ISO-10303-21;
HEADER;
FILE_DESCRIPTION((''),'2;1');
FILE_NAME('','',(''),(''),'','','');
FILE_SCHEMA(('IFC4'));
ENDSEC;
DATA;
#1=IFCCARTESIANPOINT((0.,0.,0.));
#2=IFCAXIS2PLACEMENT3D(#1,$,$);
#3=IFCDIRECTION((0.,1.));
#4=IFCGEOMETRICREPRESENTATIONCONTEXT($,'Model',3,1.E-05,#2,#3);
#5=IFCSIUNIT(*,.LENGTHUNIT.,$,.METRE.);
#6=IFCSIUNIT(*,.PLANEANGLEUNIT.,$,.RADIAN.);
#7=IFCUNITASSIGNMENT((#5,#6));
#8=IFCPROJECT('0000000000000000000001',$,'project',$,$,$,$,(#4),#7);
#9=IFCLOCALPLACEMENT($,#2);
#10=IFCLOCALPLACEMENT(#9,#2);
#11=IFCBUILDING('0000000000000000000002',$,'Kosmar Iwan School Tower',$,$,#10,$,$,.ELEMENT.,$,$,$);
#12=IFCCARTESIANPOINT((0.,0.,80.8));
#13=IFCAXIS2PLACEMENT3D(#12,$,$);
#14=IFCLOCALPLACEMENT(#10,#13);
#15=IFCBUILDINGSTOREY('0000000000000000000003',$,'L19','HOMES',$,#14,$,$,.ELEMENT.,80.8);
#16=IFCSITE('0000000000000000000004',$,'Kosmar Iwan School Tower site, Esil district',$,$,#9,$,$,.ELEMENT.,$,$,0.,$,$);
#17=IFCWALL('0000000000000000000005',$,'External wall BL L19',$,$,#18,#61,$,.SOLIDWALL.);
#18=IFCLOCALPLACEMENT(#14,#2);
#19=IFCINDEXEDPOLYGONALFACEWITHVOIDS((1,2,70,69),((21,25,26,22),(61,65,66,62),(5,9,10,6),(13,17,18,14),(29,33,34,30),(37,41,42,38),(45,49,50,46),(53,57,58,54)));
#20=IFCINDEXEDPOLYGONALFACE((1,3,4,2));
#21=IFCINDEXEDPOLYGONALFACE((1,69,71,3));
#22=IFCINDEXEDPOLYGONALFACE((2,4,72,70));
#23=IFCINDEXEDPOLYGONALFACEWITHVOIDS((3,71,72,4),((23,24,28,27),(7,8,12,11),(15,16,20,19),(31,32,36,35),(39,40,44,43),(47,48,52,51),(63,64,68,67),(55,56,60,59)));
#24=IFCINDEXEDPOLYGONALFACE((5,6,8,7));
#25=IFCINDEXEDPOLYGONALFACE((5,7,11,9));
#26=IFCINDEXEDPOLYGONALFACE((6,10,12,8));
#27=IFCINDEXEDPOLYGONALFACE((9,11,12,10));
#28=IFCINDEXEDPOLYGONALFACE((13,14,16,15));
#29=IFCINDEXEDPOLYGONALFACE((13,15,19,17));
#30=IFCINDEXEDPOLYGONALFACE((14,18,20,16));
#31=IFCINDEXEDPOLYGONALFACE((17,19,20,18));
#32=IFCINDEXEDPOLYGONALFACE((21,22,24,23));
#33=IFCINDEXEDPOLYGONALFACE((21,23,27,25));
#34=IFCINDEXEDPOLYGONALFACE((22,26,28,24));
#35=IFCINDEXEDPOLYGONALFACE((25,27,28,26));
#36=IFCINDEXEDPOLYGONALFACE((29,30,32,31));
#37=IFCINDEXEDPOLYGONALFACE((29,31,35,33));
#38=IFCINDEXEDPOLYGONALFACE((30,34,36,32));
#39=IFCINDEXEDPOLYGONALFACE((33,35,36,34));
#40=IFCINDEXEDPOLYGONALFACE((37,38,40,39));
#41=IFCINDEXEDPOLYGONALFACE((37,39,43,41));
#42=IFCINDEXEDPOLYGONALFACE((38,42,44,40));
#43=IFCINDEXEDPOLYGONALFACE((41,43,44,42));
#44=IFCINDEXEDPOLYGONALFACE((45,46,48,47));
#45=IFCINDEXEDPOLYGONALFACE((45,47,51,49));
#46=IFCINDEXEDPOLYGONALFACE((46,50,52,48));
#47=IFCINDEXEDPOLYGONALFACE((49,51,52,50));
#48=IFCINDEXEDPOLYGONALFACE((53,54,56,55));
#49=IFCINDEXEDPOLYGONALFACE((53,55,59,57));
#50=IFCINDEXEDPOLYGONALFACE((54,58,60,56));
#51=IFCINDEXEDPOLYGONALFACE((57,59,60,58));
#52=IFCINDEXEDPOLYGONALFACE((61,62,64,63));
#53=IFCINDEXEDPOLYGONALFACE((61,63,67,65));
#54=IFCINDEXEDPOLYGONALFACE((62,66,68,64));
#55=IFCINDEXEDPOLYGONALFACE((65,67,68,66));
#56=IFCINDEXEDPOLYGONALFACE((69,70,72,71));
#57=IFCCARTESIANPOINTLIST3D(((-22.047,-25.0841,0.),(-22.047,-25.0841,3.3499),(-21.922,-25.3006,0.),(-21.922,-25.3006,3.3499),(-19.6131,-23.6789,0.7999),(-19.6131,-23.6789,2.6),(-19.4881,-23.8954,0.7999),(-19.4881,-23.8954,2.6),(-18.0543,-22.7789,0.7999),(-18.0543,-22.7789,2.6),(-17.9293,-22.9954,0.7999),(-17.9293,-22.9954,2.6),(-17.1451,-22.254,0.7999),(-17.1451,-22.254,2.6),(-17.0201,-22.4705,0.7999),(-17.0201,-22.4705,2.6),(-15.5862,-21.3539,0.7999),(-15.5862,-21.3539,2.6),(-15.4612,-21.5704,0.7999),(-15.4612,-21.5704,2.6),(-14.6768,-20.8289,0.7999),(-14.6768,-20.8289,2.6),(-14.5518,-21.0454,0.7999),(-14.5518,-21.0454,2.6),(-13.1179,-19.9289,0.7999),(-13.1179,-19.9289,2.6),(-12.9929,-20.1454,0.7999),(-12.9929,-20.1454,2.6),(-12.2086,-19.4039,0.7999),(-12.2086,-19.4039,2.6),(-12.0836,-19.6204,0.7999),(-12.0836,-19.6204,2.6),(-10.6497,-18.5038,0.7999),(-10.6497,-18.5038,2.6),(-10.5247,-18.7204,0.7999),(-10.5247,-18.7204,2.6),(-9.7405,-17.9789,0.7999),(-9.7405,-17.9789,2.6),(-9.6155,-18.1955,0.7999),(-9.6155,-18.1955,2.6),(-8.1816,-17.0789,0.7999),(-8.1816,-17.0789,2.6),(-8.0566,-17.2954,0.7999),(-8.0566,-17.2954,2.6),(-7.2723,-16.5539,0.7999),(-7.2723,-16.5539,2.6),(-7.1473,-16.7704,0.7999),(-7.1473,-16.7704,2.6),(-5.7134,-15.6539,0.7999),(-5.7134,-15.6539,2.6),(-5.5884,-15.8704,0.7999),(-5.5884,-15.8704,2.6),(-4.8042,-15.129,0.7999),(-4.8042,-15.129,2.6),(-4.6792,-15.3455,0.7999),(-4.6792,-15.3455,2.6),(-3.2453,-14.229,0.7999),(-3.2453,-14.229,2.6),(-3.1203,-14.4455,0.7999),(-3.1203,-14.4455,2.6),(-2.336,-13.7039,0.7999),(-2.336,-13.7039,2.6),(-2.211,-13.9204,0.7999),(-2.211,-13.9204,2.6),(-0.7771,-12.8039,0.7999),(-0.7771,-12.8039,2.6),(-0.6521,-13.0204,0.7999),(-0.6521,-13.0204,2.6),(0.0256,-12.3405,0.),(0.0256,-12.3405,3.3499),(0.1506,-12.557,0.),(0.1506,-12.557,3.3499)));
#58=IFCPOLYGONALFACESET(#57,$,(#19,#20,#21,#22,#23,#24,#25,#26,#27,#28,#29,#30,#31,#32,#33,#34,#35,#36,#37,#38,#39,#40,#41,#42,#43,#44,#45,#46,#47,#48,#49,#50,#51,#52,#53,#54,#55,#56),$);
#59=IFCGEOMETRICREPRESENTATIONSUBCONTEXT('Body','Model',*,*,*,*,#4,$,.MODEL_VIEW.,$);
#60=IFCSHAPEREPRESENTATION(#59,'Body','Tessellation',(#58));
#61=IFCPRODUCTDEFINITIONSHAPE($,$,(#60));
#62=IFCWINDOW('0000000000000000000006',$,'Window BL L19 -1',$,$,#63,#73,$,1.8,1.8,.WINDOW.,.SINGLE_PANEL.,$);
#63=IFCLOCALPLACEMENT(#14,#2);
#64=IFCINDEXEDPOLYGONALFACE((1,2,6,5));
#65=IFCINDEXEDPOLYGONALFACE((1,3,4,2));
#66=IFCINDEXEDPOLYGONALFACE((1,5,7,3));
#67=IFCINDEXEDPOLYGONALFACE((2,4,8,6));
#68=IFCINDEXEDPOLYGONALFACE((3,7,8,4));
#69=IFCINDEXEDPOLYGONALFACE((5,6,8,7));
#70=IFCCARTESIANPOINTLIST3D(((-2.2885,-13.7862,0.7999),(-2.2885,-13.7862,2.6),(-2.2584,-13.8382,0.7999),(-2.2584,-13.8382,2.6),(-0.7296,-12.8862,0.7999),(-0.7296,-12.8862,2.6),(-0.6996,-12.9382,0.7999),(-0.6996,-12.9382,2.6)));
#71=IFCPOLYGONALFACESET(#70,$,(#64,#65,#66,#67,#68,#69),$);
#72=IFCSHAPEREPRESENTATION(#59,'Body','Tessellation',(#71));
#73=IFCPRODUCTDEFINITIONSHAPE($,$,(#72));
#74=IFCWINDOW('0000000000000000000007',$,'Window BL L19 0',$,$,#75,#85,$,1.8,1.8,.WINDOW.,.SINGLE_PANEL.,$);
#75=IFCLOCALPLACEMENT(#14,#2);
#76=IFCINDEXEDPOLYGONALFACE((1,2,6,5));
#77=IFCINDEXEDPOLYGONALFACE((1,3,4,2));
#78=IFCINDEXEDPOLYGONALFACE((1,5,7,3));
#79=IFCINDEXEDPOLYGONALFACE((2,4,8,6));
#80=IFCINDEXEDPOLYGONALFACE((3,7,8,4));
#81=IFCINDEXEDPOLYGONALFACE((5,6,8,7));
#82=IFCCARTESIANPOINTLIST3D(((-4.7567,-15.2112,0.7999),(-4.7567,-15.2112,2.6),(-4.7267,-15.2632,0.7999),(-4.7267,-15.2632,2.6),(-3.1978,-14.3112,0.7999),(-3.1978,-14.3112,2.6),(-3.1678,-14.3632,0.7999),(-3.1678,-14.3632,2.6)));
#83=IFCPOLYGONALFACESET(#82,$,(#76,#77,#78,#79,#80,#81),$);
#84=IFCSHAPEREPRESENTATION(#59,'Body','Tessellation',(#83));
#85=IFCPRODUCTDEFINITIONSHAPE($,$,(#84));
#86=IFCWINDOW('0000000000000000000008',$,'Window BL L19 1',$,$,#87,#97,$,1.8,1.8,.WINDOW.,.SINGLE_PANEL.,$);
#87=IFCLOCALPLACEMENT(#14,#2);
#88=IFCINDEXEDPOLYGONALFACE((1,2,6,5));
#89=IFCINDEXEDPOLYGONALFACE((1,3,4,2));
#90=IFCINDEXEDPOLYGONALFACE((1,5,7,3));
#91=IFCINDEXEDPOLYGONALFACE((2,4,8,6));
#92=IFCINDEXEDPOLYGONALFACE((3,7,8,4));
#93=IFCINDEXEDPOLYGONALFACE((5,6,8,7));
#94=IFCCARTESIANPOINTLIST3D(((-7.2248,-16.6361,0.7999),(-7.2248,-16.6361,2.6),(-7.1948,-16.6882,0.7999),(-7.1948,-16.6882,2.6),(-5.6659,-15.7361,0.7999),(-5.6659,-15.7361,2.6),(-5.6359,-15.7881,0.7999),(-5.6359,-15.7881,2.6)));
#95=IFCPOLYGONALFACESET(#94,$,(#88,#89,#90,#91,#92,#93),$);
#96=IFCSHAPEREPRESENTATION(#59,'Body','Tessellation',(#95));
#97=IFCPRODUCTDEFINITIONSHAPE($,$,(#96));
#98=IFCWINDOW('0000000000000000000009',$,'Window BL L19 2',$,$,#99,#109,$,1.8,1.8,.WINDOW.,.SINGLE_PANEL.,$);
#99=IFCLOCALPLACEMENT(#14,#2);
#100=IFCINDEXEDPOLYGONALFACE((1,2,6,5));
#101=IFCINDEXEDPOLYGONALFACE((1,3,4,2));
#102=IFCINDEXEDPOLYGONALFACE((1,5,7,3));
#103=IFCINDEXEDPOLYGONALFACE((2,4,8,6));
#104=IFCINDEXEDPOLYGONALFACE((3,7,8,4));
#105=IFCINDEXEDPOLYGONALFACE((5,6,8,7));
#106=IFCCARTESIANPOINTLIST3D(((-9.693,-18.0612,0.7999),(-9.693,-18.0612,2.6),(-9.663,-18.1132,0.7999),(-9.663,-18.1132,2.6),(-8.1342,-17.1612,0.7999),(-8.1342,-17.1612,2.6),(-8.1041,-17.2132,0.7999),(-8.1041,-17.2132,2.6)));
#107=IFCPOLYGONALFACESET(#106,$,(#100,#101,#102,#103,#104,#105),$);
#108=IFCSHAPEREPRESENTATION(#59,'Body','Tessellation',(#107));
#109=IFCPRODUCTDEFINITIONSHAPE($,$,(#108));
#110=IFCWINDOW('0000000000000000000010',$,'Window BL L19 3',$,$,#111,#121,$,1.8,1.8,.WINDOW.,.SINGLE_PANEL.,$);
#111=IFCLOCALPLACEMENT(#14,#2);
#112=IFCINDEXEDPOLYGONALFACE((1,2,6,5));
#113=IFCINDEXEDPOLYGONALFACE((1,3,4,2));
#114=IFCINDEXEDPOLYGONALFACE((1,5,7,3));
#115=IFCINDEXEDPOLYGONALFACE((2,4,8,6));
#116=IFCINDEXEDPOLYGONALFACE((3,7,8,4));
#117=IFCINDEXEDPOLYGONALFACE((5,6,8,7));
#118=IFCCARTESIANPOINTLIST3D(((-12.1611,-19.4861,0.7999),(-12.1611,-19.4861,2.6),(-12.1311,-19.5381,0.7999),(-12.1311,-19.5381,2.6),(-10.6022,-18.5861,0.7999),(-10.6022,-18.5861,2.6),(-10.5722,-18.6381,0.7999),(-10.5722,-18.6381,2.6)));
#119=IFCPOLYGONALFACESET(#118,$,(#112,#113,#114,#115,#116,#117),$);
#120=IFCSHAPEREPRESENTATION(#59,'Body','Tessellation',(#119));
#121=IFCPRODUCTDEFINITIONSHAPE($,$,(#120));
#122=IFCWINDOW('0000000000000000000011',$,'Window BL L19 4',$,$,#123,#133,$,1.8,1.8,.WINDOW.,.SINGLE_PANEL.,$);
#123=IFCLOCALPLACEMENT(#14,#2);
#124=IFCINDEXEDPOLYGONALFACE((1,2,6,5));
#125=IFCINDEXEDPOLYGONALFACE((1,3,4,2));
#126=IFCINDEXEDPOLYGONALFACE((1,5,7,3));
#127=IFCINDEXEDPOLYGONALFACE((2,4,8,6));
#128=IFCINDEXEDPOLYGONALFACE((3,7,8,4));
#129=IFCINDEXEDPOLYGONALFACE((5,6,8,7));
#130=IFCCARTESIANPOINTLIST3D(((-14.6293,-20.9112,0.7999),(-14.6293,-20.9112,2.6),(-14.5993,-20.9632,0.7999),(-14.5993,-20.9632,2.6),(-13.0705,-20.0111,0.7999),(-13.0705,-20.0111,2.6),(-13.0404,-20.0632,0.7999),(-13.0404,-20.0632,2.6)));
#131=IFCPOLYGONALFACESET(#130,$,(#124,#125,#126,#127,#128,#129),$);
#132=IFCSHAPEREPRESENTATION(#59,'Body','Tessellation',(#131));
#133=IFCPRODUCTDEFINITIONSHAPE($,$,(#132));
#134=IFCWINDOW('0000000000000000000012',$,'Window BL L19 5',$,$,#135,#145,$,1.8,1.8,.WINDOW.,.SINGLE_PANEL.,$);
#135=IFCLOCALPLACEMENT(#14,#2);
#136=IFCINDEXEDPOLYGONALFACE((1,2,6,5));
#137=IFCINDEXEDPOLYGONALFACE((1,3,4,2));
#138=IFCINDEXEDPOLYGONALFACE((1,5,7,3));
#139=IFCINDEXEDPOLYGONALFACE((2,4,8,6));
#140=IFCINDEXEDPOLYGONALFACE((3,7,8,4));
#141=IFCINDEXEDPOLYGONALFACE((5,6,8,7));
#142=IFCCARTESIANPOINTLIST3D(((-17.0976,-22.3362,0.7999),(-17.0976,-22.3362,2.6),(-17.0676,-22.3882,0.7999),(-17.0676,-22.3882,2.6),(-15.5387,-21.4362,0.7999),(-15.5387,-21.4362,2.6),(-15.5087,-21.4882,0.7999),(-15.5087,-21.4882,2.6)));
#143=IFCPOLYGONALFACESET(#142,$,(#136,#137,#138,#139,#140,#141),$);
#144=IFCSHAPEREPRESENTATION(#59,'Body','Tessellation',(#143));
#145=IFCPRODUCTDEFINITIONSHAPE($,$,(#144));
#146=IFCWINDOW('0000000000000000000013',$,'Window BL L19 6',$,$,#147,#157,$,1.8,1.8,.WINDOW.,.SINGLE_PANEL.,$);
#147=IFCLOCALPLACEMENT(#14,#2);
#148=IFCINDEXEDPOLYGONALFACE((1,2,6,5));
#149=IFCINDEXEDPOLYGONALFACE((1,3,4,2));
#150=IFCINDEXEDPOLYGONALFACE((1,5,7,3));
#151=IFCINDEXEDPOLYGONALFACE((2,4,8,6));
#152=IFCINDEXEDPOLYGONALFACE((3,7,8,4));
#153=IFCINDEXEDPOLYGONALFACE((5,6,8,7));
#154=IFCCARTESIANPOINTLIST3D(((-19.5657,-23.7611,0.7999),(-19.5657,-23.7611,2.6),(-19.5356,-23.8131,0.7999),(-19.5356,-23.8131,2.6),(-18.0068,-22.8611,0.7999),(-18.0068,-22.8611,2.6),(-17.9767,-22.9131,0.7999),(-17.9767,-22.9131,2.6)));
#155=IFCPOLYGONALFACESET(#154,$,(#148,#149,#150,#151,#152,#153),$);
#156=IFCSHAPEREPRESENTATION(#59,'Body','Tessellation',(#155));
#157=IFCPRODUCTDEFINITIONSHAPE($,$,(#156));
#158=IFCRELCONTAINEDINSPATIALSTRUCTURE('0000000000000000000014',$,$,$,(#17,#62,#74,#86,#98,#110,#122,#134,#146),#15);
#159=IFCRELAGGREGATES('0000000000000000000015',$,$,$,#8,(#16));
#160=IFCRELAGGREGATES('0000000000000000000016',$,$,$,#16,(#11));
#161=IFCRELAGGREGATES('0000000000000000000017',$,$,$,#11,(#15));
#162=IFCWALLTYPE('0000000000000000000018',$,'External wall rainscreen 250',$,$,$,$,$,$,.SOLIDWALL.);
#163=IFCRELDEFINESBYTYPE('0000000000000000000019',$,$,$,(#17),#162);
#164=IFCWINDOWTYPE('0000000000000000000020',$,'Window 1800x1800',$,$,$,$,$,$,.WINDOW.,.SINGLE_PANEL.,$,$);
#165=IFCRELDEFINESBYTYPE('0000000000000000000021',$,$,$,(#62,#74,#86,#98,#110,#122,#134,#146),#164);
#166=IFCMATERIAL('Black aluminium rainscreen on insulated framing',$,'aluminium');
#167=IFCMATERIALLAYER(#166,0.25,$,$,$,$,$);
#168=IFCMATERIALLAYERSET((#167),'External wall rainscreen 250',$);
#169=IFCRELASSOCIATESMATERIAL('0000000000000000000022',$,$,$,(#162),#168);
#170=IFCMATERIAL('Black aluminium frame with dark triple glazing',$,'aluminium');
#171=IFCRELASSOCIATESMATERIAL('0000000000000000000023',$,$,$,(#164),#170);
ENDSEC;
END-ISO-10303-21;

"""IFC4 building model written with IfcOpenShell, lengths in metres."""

from ifc_helpers import new_model, si_unit, direction, frame, frame_2d, origin, place, context, subcontext, project, spatial, rectangle, extrude, material, layer, layer_set, type_object, element, fill, save


model = new_model("IFC4")

# Units and contexts
model_context = context("Model", 3, precision=1e-05, world=origin(), true_north=direction((0.0, 1.0)))
body_context = subcontext(model_context, "Body", "Model", "MODEL_VIEW")
ifc_project = project(units=[si_unit("LENGTHUNIT", "METRE"), si_unit("PLANEANGLEUNIT", "RADIAN")], contexts=[model_context])

# Site, building, storey
site_placement = place(None, origin())
site = spatial("IfcSite", under=ifc_project, at=site_placement, Name="Kosmar Iwan School Tower site, Esil district", CompositionType="ELEMENT", RefElevation=0.0)
building_placement = place(site_placement, origin())
building = spatial("IfcBuilding", under=site, at=building_placement, Name="Kosmar Iwan School Tower", CompositionType="ELEMENT")
storey_placement = place(building_placement, frame((0.0, 0.0, 80.8)))
storey = spatial("IfcBuildingStorey", under=building, at=storey_placement, Name="L19", Description="HOMES", CompositionType="ELEMENT", Elevation=80.8)

# Wall, openings, windows
ifc_material_1 = material(Name="Black aluminium rainscreen on insulated framing", Category="aluminium")
ifc_layer_1 = layer(ifc_material_1, 0.25)
ifc_layer_set_1 = layer_set([ifc_layer_1], Name="External wall rainscreen 250")
wall_type_1 = type_object("IfcWallType", Name="External wall rainscreen 250", PredefinedType="SOLIDWALL", material=ifc_layer_set_1)
wall_1_placement = place(storey_placement, frame((0.0881, -12.4487, 0.0), z_axis=(0.0, 0.0, 1.0), x_axis=(-0.866026, -0.499998, 0.0)))
wall_1 = element("IfcWall", 1, at=wall_1_placement, inside=storey, type_object=wall_type_1, Name="External wall BL L19", PredefinedType="SOLIDWALL", context=body_context, shape_type="SweptSolid", body=[
    extrude(rectangle(XDim=25.4873, YDim=0.25, at=frame_2d((12.7437, 0.0))), origin(), (0.0, 0.0, 1.0), 3.3499),
])
opening_1_placement = place(wall_1_placement, frame((0.927, 0.0, 0.8)))
opening_1 = element("IfcOpeningElement", 2, at=opening_1_placement, cuts=wall_1, PredefinedType="OPENING", context=body_context, shape_type="SweptSolid", body=[
    extrude(rectangle(XDim=1.8, YDim=1.8, at=frame_2d((0.8999, 0.8999))), frame((0.0, 0.137, 0.0), z_axis=(0.0, -1.0, 0.0), x_axis=(1.0, 0.0, 0.0)), (0.0, 0.0, 1.0), 0.2739),
])
opening_2_placement = place(wall_1_placement, frame((3.7771, 0.0, 0.8)))
opening_2 = element("IfcOpeningElement", 3, at=opening_2_placement, cuts=wall_1, PredefinedType="OPENING", context=body_context, shape_type="SweptSolid", body=[
    extrude(rectangle(XDim=1.8, YDim=1.8, at=frame_2d((0.8999, 0.8999))), frame((0.0, 0.137, 0.0), z_axis=(0.0, -1.0, 0.0), x_axis=(1.0, 0.0, 0.0)), (0.0, 0.0, 1.0), 0.2739),
])
opening_3_placement = place(wall_1_placement, frame((6.627, 0.0, 0.8)))
opening_3 = element("IfcOpeningElement", 4, at=opening_3_placement, cuts=wall_1, PredefinedType="OPENING", context=body_context, shape_type="SweptSolid", body=[
    extrude(rectangle(XDim=1.8, YDim=1.8, at=frame_2d((0.8999, 0.8999))), frame((0.0, 0.137, 0.0), z_axis=(0.0, -1.0, 0.0), x_axis=(1.0, 0.0, 0.0)), (0.0, 0.0, 1.0), 0.2739),
])
opening_4_placement = place(wall_1_placement, frame((9.4771, 0.0, 0.8)))
opening_4 = element("IfcOpeningElement", 5, at=opening_4_placement, cuts=wall_1, PredefinedType="OPENING", context=body_context, shape_type="SweptSolid", body=[
    extrude(rectangle(XDim=1.8, YDim=1.8, at=frame_2d((0.8999, 0.8999))), frame((0.0, 0.137, 0.0), z_axis=(0.0, -1.0, 0.0), x_axis=(1.0, 0.0, 0.0)), (0.0, 0.0, 1.0), 0.2739),
])
opening_5_placement = place(wall_1_placement, frame((12.3269, 0.0, 0.8)))
opening_5 = element("IfcOpeningElement", 6, at=opening_5_placement, cuts=wall_1, PredefinedType="OPENING", context=body_context, shape_type="SweptSolid", body=[
    extrude(rectangle(XDim=1.8, YDim=1.8, at=frame_2d((0.8999, 0.8999))), frame((0.0, 0.137, 0.0), z_axis=(0.0, -1.0, 0.0), x_axis=(1.0, 0.0, 0.0)), (0.0, 0.0, 1.0), 0.2739),
])
opening_6_placement = place(wall_1_placement, frame((15.177, 0.0, 0.8)))
opening_6 = element("IfcOpeningElement", 7, at=opening_6_placement, cuts=wall_1, PredefinedType="OPENING", context=body_context, shape_type="SweptSolid", body=[
    extrude(rectangle(XDim=1.8, YDim=1.8, at=frame_2d((0.8999, 0.8999))), frame((0.0, 0.137, 0.0), z_axis=(0.0, -1.0, 0.0), x_axis=(1.0, 0.0, 0.0)), (0.0, 0.0, 1.0), 0.2739),
])
opening_7_placement = place(wall_1_placement, frame((18.0271, 0.0, 0.8)))
opening_7 = element("IfcOpeningElement", 8, at=opening_7_placement, cuts=wall_1, PredefinedType="OPENING", context=body_context, shape_type="SweptSolid", body=[
    extrude(rectangle(XDim=1.8, YDim=1.8, at=frame_2d((0.8999, 0.8999))), frame((0.0, 0.137, 0.0), z_axis=(0.0, -1.0, 0.0), x_axis=(1.0, 0.0, 0.0)), (0.0, 0.0, 1.0), 0.2739),
])
opening_8_placement = place(wall_1_placement, frame((20.877, 0.0, 0.8)))
opening_8 = element("IfcOpeningElement", 9, at=opening_8_placement, cuts=wall_1, PredefinedType="OPENING", context=body_context, shape_type="SweptSolid", body=[
    extrude(rectangle(XDim=1.8, YDim=1.8, at=frame_2d((0.8999, 0.8999))), frame((0.0, 0.137, 0.0), z_axis=(0.0, -1.0, 0.0), x_axis=(1.0, 0.0, 0.0)), (0.0, 0.0, 1.0), 0.2739),
])
ifc_material_2 = material(Name="Black aluminium frame with dark triple glazing", Category="aluminium")
window_type = type_object("IfcWindowType", Name="Window 1800x1800", PartitioningType="SINGLE_PANEL", PredefinedType="WINDOW", material=ifc_material_2)
window_1_placement = place(opening_1_placement, origin())
window_1 = element("IfcWindow", 10, at=window_1_placement, inside=storey, type_object=window_type, Name="Window BL L19 -1", OverallHeight=1.8, OverallWidth=1.8, PartitioningType="SINGLE_PANEL", PredefinedType="WINDOW", context=body_context, shape_type="SweptSolid", body=[
    extrude(rectangle(XDim=1.8, YDim=1.8, at=frame_2d((0.8999, 0.8999))), frame((0.0, 0.03, 0.0), z_axis=(0.0, -1.0, 0.0), x_axis=(1.0, 0.0, 0.0)), (0.0, 0.0, 1.0), 0.0601),
])
fill(opening_1, window_1)
window_2_placement = place(opening_2_placement, origin())
window_2 = element("IfcWindow", 11, at=window_2_placement, inside=storey, type_object=window_type, Name="Window BL L19 0", OverallHeight=1.8, OverallWidth=1.8, PartitioningType="SINGLE_PANEL", PredefinedType="WINDOW", context=body_context, shape_type="SweptSolid", body=[
    extrude(rectangle(XDim=1.8, YDim=1.8, at=frame_2d((0.8999, 0.8999))), frame((0.0, 0.03, 0.0), z_axis=(0.0, -1.0, 0.0), x_axis=(1.0, 0.0, 0.0)), (0.0, 0.0, 1.0), 0.0601),
])
fill(opening_2, window_2)
window_3_placement = place(opening_3_placement, origin())
window_3 = element("IfcWindow", 12, at=window_3_placement, inside=storey, type_object=window_type, Name="Window BL L19 1", OverallHeight=1.8, OverallWidth=1.8, PartitioningType="SINGLE_PANEL", PredefinedType="WINDOW", context=body_context, shape_type="SweptSolid", body=[
    extrude(rectangle(XDim=1.8, YDim=1.8, at=frame_2d((0.8999, 0.8999))), frame((0.0, 0.03, 0.0), z_axis=(0.0, -1.0, 0.0), x_axis=(1.0, 0.0, 0.0)), (0.0, 0.0, 1.0), 0.0601),
])
fill(opening_3, window_3)
window_4_placement = place(opening_4_placement, origin())
window_4 = element("IfcWindow", 13, at=window_4_placement, inside=storey, type_object=window_type, Name="Window BL L19 2", OverallHeight=1.8, OverallWidth=1.8, PartitioningType="SINGLE_PANEL", PredefinedType="WINDOW", context=body_context, shape_type="SweptSolid", body=[
    extrude(rectangle(XDim=1.8, YDim=1.8, at=frame_2d((0.8999, 0.8999))), frame((0.0, 0.03, 0.0), z_axis=(0.0, -1.0, 0.0), x_axis=(1.0, 0.0, 0.0)), (0.0, 0.0, 1.0), 0.0601),
])
fill(opening_4, window_4)
window_5_placement = place(opening_5_placement, origin())
window_5 = element("IfcWindow", 14, at=window_5_placement, inside=storey, type_object=window_type, Name="Window BL L19 3", OverallHeight=1.8, OverallWidth=1.8, PartitioningType="SINGLE_PANEL", PredefinedType="WINDOW", context=body_context, shape_type="SweptSolid", body=[
    extrude(rectangle(XDim=1.8, YDim=1.8, at=frame_2d((0.8999, 0.8999))), frame((0.0, 0.03, 0.0), z_axis=(0.0, -1.0, 0.0), x_axis=(1.0, 0.0, 0.0)), (0.0, 0.0, 1.0), 0.0601),
])
fill(opening_5, window_5)
window_6_placement = place(opening_6_placement, origin())
window_6 = element("IfcWindow", 15, at=window_6_placement, inside=storey, type_object=window_type, Name="Window BL L19 4", OverallHeight=1.8, OverallWidth=1.8, PartitioningType="SINGLE_PANEL", PredefinedType="WINDOW", context=body_context, shape_type="SweptSolid", body=[
    extrude(rectangle(XDim=1.8, YDim=1.8, at=frame_2d((0.8999, 0.8999))), frame((0.0, 0.03, 0.0), z_axis=(0.0, -1.0, 0.0), x_axis=(1.0, 0.0, 0.0)), (0.0, 0.0, 1.0), 0.0601),
])
fill(opening_6, window_6)
window_7_placement = place(opening_7_placement, origin())
window_7 = element("IfcWindow", 16, at=window_7_placement, inside=storey, type_object=window_type, Name="Window BL L19 5", OverallHeight=1.8, OverallWidth=1.8, PartitioningType="SINGLE_PANEL", PredefinedType="WINDOW", context=body_context, shape_type="SweptSolid", body=[
    extrude(rectangle(XDim=1.8, YDim=1.8, at=frame_2d((0.8999, 0.8999))), frame((0.0, 0.03, 0.0), z_axis=(0.0, -1.0, 0.0), x_axis=(1.0, 0.0, 0.0)), (0.0, 0.0, 1.0), 0.0601),
])
fill(opening_7, window_7)
window_8_placement = place(opening_8_placement, origin())
window_8 = element("IfcWindow", 17, at=window_8_placement, inside=storey, type_object=window_type, Name="Window BL L19 6", OverallHeight=1.8, OverallWidth=1.8, PartitioningType="SINGLE_PANEL", PredefinedType="WINDOW", context=body_context, shape_type="SweptSolid", body=[
    extrude(rectangle(XDim=1.8, YDim=1.8, at=frame_2d((0.8999, 0.8999))), frame((0.0, 0.03, 0.0), z_axis=(0.0, -1.0, 0.0), x_axis=(1.0, 0.0, 0.0)), (0.0, 0.0, 1.0), 0.0601),
])
fill(opening_8, window_8)

save(model, "model.ifc")
